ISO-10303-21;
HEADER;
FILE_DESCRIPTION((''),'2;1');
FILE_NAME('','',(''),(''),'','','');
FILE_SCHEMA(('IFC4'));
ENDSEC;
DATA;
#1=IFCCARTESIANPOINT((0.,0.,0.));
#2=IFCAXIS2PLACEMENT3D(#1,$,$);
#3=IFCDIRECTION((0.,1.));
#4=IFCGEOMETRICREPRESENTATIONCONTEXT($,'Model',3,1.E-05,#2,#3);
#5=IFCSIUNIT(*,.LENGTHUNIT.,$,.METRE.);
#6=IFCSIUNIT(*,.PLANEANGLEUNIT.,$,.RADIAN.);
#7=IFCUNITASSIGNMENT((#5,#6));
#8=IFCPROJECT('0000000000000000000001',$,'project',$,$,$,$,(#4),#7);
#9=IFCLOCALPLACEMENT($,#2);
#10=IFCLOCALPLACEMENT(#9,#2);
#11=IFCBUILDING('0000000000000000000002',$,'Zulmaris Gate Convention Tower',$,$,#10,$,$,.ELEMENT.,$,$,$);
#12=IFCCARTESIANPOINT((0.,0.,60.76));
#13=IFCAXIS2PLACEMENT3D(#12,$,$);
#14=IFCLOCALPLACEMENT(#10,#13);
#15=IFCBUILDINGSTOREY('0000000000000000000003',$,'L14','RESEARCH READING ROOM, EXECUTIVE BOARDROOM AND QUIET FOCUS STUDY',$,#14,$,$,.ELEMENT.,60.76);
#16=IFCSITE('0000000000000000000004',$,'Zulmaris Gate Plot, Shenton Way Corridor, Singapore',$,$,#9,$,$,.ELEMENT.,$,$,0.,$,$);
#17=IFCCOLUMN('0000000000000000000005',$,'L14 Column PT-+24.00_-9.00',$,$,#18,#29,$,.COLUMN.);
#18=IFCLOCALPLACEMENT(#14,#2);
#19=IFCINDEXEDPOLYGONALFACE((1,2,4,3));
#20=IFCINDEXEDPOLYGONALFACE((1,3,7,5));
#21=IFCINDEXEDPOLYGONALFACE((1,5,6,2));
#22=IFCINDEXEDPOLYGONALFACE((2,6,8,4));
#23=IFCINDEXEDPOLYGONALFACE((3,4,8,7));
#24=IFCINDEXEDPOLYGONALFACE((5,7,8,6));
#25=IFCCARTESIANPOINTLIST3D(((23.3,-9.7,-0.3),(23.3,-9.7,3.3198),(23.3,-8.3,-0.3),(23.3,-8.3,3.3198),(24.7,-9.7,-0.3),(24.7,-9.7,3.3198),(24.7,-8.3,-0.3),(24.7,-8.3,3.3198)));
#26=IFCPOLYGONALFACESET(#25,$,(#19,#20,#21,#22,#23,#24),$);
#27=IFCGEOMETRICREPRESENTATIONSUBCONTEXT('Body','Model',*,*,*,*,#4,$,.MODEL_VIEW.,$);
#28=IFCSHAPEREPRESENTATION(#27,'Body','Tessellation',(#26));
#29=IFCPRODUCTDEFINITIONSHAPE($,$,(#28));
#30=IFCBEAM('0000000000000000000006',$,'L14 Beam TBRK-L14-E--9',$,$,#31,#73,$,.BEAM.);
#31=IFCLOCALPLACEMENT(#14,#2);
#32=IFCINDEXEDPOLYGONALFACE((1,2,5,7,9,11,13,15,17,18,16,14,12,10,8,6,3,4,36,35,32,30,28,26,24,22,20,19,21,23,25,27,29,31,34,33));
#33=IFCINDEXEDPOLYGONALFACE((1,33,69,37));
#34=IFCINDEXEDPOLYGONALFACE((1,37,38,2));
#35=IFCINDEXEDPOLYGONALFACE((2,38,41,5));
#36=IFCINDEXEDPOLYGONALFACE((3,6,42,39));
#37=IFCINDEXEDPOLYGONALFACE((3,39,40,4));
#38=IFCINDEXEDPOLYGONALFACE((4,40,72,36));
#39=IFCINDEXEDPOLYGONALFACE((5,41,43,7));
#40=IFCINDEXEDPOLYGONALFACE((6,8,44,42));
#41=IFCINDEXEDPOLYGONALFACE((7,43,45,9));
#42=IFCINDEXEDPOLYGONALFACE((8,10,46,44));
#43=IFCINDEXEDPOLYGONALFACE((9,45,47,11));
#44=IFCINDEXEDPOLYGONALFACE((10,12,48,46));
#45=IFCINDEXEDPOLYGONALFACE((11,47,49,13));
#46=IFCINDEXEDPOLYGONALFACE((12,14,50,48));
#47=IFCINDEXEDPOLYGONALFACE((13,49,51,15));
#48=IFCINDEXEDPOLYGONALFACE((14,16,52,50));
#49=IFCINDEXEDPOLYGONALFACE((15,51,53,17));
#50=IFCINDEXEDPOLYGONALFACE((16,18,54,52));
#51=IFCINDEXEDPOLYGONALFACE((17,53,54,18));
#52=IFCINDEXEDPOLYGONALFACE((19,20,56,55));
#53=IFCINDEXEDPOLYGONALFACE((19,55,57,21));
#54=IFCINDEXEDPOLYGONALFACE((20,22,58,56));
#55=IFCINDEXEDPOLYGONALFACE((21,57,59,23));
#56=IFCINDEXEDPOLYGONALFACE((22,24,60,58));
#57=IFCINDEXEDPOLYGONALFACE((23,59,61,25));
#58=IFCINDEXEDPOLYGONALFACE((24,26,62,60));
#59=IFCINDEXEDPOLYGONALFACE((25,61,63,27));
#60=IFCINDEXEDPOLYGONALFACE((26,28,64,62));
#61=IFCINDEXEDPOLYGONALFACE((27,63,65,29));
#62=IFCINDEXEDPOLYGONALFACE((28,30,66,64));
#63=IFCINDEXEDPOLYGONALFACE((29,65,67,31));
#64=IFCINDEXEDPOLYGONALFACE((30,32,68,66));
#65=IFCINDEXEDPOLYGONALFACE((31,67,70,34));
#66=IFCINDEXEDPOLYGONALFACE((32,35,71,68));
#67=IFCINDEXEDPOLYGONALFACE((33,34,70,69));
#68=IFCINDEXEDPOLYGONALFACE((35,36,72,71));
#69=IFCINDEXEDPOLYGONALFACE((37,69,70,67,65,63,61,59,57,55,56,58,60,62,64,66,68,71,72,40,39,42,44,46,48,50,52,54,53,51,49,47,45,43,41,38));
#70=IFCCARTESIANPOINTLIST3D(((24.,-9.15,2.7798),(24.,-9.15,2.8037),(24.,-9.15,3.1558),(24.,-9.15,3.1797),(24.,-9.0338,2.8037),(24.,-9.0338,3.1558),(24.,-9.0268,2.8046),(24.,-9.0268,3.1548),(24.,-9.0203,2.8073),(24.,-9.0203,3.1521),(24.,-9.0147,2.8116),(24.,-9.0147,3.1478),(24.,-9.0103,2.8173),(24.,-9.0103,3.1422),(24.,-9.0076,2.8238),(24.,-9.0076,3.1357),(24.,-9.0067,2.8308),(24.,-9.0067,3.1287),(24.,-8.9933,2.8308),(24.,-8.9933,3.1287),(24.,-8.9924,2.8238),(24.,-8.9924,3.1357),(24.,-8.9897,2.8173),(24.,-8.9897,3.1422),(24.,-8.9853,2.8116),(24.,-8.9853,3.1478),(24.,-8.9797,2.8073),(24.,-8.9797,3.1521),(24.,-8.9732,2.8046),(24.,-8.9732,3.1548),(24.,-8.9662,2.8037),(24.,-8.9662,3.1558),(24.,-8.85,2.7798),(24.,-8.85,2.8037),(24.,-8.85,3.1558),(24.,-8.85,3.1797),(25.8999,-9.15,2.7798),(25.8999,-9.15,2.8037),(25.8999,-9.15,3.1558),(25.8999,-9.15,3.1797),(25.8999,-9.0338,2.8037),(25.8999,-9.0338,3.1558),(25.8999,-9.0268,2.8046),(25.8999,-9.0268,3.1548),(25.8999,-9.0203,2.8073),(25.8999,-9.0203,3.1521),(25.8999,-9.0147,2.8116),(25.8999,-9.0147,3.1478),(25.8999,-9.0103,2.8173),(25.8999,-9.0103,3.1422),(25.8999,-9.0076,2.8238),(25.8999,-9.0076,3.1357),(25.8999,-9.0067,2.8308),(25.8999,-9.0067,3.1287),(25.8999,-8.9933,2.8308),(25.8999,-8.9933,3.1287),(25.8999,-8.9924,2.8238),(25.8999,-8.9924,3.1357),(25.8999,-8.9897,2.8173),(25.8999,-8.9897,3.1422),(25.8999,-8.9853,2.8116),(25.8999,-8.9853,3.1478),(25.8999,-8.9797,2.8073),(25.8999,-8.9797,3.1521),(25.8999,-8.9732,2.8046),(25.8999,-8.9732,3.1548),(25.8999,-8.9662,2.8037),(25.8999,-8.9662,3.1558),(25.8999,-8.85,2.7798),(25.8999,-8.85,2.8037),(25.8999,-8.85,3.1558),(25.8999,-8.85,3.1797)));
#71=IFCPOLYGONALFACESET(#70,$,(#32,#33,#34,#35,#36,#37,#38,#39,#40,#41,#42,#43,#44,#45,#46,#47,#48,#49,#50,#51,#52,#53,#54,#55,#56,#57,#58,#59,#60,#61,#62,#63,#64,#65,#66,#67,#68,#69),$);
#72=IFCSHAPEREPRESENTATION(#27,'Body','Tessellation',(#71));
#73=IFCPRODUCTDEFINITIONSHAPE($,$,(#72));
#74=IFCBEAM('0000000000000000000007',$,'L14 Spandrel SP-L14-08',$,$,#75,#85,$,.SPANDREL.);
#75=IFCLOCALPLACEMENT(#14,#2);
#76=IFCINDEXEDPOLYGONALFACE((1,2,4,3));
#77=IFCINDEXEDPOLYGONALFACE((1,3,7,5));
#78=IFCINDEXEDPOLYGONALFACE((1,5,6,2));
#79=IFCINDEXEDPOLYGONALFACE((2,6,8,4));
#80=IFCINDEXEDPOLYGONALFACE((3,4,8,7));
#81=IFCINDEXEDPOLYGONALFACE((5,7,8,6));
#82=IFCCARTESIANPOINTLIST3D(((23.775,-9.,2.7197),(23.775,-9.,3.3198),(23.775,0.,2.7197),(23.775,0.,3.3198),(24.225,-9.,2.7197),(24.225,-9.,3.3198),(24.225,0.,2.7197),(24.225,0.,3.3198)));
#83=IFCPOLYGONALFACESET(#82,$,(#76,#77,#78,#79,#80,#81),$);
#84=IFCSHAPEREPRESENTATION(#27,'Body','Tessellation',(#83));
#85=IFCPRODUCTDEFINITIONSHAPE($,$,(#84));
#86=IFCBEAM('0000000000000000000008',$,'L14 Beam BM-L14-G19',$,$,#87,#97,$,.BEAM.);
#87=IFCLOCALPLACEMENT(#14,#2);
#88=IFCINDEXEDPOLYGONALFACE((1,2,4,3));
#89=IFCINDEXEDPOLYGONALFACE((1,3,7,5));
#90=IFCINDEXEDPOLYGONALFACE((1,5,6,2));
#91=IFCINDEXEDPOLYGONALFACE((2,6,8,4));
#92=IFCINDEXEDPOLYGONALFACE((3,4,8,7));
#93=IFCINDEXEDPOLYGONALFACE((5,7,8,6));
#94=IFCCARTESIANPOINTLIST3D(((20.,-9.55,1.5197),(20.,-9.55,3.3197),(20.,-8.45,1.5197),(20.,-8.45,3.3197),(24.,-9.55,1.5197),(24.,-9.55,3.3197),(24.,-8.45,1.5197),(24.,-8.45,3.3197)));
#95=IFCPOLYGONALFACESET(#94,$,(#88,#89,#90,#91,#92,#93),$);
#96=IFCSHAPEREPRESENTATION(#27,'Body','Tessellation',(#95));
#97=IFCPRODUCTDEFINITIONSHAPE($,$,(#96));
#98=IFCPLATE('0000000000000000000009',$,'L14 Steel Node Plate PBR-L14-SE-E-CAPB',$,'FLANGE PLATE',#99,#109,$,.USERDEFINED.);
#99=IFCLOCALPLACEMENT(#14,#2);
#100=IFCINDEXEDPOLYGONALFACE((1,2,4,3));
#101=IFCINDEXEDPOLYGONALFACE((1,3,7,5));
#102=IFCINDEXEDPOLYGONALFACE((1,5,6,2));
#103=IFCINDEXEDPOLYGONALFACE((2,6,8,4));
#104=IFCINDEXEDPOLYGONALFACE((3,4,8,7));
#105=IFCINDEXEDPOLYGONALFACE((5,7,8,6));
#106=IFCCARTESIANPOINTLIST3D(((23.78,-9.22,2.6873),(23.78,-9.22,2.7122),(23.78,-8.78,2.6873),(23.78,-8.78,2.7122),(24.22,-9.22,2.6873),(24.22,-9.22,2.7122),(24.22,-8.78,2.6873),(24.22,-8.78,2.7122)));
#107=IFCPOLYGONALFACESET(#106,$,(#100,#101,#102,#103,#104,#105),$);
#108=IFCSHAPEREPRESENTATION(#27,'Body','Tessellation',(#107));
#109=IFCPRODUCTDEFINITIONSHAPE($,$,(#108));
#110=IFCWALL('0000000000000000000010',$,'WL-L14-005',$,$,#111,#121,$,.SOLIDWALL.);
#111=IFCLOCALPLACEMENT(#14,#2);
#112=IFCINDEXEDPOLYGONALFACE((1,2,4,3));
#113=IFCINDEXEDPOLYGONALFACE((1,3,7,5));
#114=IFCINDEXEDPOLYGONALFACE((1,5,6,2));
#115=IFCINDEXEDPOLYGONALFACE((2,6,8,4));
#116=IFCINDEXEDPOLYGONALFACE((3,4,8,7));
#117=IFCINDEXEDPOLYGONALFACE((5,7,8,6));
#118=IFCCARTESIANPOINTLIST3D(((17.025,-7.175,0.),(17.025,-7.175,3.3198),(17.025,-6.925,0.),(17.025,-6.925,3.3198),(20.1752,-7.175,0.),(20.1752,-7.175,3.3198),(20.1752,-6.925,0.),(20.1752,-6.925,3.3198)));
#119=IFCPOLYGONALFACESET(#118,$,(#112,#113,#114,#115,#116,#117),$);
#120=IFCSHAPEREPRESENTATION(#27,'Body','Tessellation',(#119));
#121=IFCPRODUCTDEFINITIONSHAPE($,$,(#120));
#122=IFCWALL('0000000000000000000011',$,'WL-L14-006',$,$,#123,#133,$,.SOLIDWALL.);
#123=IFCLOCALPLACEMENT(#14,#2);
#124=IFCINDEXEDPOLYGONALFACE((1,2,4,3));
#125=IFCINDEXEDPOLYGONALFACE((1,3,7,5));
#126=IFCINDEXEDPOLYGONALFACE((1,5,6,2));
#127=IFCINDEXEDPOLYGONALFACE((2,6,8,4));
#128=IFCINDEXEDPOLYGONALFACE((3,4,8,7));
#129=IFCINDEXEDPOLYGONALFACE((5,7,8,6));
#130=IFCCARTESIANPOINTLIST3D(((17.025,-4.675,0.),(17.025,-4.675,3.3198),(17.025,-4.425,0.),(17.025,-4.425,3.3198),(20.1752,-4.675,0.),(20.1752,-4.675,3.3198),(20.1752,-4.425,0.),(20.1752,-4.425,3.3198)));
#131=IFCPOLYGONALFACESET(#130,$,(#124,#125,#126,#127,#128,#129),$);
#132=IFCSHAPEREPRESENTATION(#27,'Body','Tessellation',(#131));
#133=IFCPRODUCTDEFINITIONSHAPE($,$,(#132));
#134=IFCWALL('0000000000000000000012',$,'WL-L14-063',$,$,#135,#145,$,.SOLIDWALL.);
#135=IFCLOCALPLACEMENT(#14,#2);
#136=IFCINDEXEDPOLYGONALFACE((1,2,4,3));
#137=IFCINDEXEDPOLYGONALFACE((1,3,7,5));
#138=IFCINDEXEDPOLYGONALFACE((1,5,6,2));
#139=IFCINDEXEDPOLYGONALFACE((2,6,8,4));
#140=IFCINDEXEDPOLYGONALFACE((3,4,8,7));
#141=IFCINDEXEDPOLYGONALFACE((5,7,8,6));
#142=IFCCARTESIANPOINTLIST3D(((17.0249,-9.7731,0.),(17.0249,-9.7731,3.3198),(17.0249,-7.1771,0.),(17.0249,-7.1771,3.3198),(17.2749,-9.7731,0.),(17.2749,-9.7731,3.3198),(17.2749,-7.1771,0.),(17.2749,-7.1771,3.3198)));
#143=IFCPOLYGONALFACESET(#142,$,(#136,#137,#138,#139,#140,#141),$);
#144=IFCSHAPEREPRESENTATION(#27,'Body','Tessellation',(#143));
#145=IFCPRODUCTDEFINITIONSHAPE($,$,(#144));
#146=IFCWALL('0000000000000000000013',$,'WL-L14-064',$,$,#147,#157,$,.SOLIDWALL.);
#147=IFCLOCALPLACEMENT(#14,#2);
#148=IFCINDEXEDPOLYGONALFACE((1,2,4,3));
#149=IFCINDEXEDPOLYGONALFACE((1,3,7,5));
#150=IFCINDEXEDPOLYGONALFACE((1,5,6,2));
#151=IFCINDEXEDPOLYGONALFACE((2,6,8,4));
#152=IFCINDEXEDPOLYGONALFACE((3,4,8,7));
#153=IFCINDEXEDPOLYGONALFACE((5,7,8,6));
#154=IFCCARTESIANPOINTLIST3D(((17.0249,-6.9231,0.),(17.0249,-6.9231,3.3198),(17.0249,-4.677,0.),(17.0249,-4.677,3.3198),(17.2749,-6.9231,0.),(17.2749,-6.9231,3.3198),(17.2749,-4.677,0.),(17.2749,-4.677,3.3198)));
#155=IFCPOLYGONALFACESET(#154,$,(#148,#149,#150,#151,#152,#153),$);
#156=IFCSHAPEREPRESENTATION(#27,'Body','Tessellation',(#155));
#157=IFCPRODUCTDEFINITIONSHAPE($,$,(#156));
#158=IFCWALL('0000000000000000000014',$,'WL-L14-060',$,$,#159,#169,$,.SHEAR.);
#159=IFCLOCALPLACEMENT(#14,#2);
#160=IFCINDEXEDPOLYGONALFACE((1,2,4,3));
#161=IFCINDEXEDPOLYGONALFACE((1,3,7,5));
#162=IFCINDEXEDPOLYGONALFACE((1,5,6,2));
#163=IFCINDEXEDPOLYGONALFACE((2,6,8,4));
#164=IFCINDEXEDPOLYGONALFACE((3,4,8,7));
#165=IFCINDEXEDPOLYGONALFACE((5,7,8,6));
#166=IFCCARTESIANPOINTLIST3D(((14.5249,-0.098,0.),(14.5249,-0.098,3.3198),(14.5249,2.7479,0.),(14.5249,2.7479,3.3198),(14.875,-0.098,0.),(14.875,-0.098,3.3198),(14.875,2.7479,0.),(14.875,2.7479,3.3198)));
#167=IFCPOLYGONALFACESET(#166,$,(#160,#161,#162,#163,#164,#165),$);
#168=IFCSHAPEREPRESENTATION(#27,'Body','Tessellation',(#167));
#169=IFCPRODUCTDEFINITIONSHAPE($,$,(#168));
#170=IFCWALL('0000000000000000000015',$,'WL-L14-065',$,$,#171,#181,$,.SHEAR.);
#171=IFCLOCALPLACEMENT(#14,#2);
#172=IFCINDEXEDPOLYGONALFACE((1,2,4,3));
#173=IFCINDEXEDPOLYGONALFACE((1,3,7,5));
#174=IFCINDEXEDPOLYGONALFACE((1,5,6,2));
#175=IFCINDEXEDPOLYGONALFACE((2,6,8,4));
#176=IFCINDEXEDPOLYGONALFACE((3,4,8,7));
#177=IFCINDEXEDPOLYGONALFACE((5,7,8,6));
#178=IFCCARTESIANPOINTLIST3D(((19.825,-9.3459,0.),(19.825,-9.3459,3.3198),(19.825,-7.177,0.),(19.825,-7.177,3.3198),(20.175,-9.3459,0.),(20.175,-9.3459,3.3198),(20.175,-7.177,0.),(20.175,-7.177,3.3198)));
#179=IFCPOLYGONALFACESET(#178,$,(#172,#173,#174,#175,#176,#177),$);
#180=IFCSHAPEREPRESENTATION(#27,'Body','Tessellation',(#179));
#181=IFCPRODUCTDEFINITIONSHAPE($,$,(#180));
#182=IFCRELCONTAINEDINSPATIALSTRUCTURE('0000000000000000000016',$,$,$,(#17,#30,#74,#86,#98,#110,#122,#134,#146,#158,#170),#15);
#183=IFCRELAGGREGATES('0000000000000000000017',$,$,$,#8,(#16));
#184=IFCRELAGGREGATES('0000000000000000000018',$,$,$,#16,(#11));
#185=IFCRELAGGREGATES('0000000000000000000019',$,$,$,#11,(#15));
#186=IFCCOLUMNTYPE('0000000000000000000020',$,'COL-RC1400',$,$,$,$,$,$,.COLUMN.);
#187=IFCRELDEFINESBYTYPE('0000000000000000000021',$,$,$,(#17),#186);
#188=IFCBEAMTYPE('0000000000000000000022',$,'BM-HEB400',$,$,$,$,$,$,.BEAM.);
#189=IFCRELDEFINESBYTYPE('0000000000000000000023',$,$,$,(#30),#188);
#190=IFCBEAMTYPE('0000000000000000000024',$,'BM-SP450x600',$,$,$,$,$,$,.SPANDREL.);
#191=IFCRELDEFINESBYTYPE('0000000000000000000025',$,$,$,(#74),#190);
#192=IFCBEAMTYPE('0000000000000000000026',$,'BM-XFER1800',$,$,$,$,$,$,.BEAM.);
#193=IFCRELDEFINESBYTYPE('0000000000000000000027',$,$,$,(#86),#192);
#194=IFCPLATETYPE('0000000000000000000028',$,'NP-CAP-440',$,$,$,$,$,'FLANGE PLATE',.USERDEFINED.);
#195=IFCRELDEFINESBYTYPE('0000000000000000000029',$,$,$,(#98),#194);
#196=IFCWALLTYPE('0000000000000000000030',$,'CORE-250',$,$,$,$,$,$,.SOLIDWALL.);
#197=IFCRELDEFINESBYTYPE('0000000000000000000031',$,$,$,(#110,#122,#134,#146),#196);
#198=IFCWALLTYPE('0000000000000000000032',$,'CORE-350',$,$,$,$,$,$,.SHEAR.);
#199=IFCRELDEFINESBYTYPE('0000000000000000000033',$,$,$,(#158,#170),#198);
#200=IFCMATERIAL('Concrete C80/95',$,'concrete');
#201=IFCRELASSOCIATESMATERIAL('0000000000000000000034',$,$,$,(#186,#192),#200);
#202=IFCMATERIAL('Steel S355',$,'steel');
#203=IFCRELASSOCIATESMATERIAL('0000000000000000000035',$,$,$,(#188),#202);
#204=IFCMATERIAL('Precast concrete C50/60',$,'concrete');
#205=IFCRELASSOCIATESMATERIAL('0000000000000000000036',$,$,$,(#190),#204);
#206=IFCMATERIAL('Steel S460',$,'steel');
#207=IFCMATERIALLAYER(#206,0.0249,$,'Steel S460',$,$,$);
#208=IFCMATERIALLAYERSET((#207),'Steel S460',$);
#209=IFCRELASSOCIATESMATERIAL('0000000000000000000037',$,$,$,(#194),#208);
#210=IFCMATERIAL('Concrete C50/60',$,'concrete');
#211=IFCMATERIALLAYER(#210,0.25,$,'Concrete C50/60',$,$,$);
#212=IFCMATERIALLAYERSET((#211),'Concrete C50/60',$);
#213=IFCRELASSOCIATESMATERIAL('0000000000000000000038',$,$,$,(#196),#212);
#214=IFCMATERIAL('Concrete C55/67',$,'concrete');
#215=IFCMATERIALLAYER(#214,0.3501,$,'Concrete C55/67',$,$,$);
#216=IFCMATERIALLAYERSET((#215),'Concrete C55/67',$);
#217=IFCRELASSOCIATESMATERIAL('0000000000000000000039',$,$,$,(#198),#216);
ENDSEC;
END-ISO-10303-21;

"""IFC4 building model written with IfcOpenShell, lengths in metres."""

from ifc_helpers import new_model, si_unit, direction, frame, frame_2d, origin, origin_2d, place, context, subcontext, project, spatial, rectangle, i_section, extrude, material, layer, layer_set, material_profile, profile_set, type_object, element, save


model = new_model("IFC4")

# Units and contexts
model_context = context("Model", 3, precision=1e-05, world=origin(), true_north=direction((0.0, 1.0)))
body_context = subcontext(model_context, "Body", "Model", "MODEL_VIEW")
ifc_project = project(units=[si_unit("LENGTHUNIT", "METRE"), si_unit("PLANEANGLEUNIT", "RADIAN")], contexts=[model_context])

# Site, building, storey
site_placement = place(None, origin())
site = spatial("IfcSite", under=ifc_project, at=site_placement, Name="Zulmaris Gate Plot, Shenton Way Corridor, Singapore", CompositionType="ELEMENT", RefElevation=0.0)
building_placement = place(site_placement, origin())
building = spatial("IfcBuilding", under=site, at=building_placement, Name="Zulmaris Gate Convention Tower", CompositionType="ELEMENT")
storey_placement = place(building_placement, frame((0.0, 0.0, 60.76)))
storey = spatial("IfcBuildingStorey", under=building, at=storey_placement, Name="L14", Description="RESEARCH READING ROOM, EXECUTIVE BOARDROOM AND QUIET FOCUS STUDY", CompositionType="ELEMENT", Elevation=60.76)

# Column
ifc_material_1 = material(Name="Concrete C80/95", Category="concrete")
ifc_material_profile_1 = material_profile(ifc_material_1, rectangle(XDim=1.3999, YDim=1.3999, at=origin_2d()), Name="RC COL 1400x1400")
ifc_profile_set_1 = profile_set([ifc_material_profile_1], Name="Concrete C80/95")
column_type = type_object("IfcColumnType", Name="COL-RC1400", PredefinedType="COLUMN", material=ifc_profile_set_1)
column_placement = place(storey_placement, frame((24.0, -9.0, -0.3), z_axis=(0.0, 0.0, 1.0), x_axis=(1.0, 0.0, 0.0)))
element("IfcColumn", 1, at=column_placement, inside=storey, type_object=column_type, Name="L14 Column PT-+24.00_-9.00", PredefinedType="COLUMN", context=body_context, shape_type="SweptSolid", body=[
    extrude(rectangle(XDim=1.3999, YDim=1.3999, at=origin_2d()), origin(), (0.0, 0.0, 1.0), 3.6199),
])

# Beams
ifc_material_2 = material(Name="Steel S355", Category="steel")
ifc_material_profile_2 = material_profile(ifc_material_2, i_section(OverallWidth=0.3, OverallDepth=0.3999, WebThickness=0.0134, FlangeThickness=0.0239, FilletRadius=0.0271, at=origin_2d()), Name="HEB 400")
ifc_profile_set_2 = profile_set([ifc_material_profile_2], Name="Steel S355")
beam_type_1 = type_object("IfcBeamType", Name="BM-HEB400", PredefinedType="BEAM", material=ifc_profile_set_2)
beam_1_placement = place(storey_placement, frame((24.0, -9.0, 2.9797), z_axis=(1.0, 0.0, 0.0), x_axis=(0.0, 1.0, 0.0)))
element("IfcBeam", 2, at=beam_1_placement, inside=storey, type_object=beam_type_1, Name="L14 Beam TBRK-L14-E--9", PredefinedType="BEAM", context=body_context, shape_type="SweptSolid", body=[
    extrude(i_section(OverallWidth=0.3, OverallDepth=0.3999, WebThickness=0.0134, FlangeThickness=0.0239, FilletRadius=0.0271, at=origin_2d()), origin(), (0.0, 0.0, 1.0), 1.8999),
])
ifc_material_3 = material(Name="Precast concrete C50/60", Category="concrete")
ifc_material_profile_3 = material_profile(ifc_material_3, rectangle(XDim=0.45, YDim=0.6001, at=origin_2d()), Name="RC SPANDREL 450x600")
ifc_profile_set_3 = profile_set([ifc_material_profile_3], Name="Precast concrete C50/60")
beam_type_2 = type_object("IfcBeamType", Name="BM-SP450x600", PredefinedType="SPANDREL", material=ifc_profile_set_3)
beam_2_placement = place(storey_placement, frame((24.0, -9.0, 3.0198), z_axis=(0.0, 1.0, 0.0), x_axis=(-1.0, 0.0, 0.0)))
element("IfcBeam", 3, at=beam_2_placement, inside=storey, type_object=beam_type_2, Name="L14 Spandrel SP-L14-08", PredefinedType="SPANDREL", context=body_context, shape_type="SweptSolid", body=[
    extrude(rectangle(XDim=0.45, YDim=0.6001, at=origin_2d()), origin(), (0.0, 0.0, 1.0), 9.0),
])
ifc_material_profile_4 = material_profile(ifc_material_1, rectangle(XDim=1.1001, YDim=1.8, at=origin_2d()), Name="RC TRANSFER 1100x1800")
ifc_profile_set_4 = profile_set([ifc_material_profile_4], Name="Concrete C80/95")
beam_type_3 = type_object("IfcBeamType", Name="BM-XFER1800", PredefinedType="BEAM", material=ifc_profile_set_4)
beam_3_placement = place(storey_placement, frame((20.0, -9.0, 2.4197), z_axis=(1.0, 0.0, 0.0), x_axis=(0.0, 1.0, 0.0)))
element("IfcBeam", 4, at=beam_3_placement, inside=storey, type_object=beam_type_3, Name="L14 Beam BM-L14-G19", PredefinedType="BEAM", context=body_context, shape_type="SweptSolid", body=[
    extrude(rectangle(XDim=1.1001, YDim=1.8, at=origin_2d()), origin(), (0.0, 0.0, 1.0), 4.0),
])

# Plate
ifc_material_4 = material(Name="Steel S460", Category="steel")
ifc_layer_1 = layer(ifc_material_4, 0.0249, Name="Steel S460")
ifc_layer_set_1 = layer_set([ifc_layer_1], Name="Steel S460")
plate_type = type_object("IfcPlateType", Name="NP-CAP-440", ElementType="FLANGE PLATE", PredefinedType="USERDEFINED", material=ifc_layer_set_1)
plate_placement = place(storey_placement, frame((24.0, -9.0, 2.6873), z_axis=(0.0, 0.0, 1.0), x_axis=(1.0, 0.0, 0.0)))
element("IfcPlate", 5, at=plate_placement, inside=storey, type_object=plate_type, Name="L14 Steel Node Plate PBR-L14-SE-E-CAPB", ObjectType="FLANGE PLATE", PredefinedType="USERDEFINED", context=body_context, shape_type="SweptSolid", body=[
    extrude(rectangle(XDim=0.4399, YDim=0.4399, at=origin_2d()), origin(), (0.0, 0.0, 1.0), 0.0249),
])

# Walls
ifc_material_5 = material(Name="Concrete C50/60", Category="concrete")
ifc_layer_2 = layer(ifc_material_5, 0.25, Name="Concrete C50/60")
ifc_layer_set_2 = layer_set([ifc_layer_2], Name="Concrete C50/60")
wall_type_1 = type_object("IfcWallType", Name="CORE-250", PredefinedType="SOLIDWALL", material=ifc_layer_set_2)
for number, where, z_axis, x_axis, name in (
    (6, (17.0249, -7.05, 0.0), (0.0, 0.0, 1.0), (1.0, 0.0, 0.0), "WL-L14-005"),
    (7, (17.0249, -4.55, 0.0), (0.0, 0.0, 1.0), (1.0, 0.0, 0.0), "WL-L14-006"),
):
    element("IfcWall", number, at=place(storey_placement, frame(where, z_axis=z_axis, x_axis=x_axis)), inside=storey, type_object=wall_type_1, Name=name, PredefinedType="SOLIDWALL", context=body_context, shape_type="SweptSolid", body=[
        extrude(rectangle(XDim=3.1501, YDim=0.25, at=frame_2d((1.5752, 0.0))), origin(), (0.0, 0.0, 1.0), 3.3198),
    ])
wall_1_placement = place(storey_placement, frame((17.1499, -9.7729, 0.0), z_axis=(0.0, 0.0, 1.0), x_axis=(0.0, 1.0, 0.0)))
element("IfcWall", 8, at=wall_1_placement, inside=storey, type_object=wall_type_1, Name="WL-L14-063", PredefinedType="SOLIDWALL", context=body_context, shape_type="SweptSolid", body=[
    extrude(rectangle(XDim=2.5959, YDim=0.25, at=frame_2d((1.2979, 0.0))), origin(), (0.0, 0.0, 1.0), 3.3198),
])
wall_2_placement = place(storey_placement, frame((17.1499, -6.9231, 0.0), z_axis=(0.0, 0.0, 1.0), x_axis=(0.0, 1.0, 0.0)))
element("IfcWall", 9, at=wall_2_placement, inside=storey, type_object=wall_type_1, Name="WL-L14-064", PredefinedType="SOLIDWALL", context=body_context, shape_type="SweptSolid", body=[
    extrude(rectangle(XDim=2.2461, YDim=0.25, at=frame_2d((1.123, 0.0))), origin(), (0.0, 0.0, 1.0), 3.3198),
])
ifc_material_6 = material(Name="Concrete C55/67", Category="concrete")
ifc_layer_3 = layer(ifc_material_6, 0.3501, Name="Concrete C55/67")
ifc_layer_set_3 = layer_set([ifc_layer_3], Name="Concrete C55/67")
wall_type_2 = type_object("IfcWallType", Name="CORE-350", PredefinedType="SHEAR", material=ifc_layer_set_3)
wall_3_placement = place(storey_placement, frame((14.7, -0.0979, 0.0), z_axis=(0.0, 0.0, 1.0), x_axis=(0.0, 1.0, 0.0)))
element("IfcWall", 10, at=wall_3_placement, inside=storey, type_object=wall_type_2, Name="WL-L14-060", PredefinedType="SHEAR", context=body_context, shape_type="SweptSolid", body=[
    extrude(rectangle(XDim=2.8459, YDim=0.3501, at=frame_2d((1.4229, 0.0))), origin(), (0.0, 0.0, 1.0), 3.3198),
])
wall_4_placement = place(storey_placement, frame((20.0, -9.3459, 0.0), z_axis=(0.0, 0.0, 1.0), x_axis=(0.0, 1.0, 0.0)))
element("IfcWall", 11, at=wall_4_placement, inside=storey, type_object=wall_type_2, Name="WL-L14-065", PredefinedType="SHEAR", context=body_context, shape_type="SweptSolid", body=[
    extrude(rectangle(XDim=2.1689, YDim=0.3501, at=frame_2d((1.0845, 0.0))), origin(), (0.0, 0.0, 1.0), 3.3198),
])

save(model, "model.ifc")
